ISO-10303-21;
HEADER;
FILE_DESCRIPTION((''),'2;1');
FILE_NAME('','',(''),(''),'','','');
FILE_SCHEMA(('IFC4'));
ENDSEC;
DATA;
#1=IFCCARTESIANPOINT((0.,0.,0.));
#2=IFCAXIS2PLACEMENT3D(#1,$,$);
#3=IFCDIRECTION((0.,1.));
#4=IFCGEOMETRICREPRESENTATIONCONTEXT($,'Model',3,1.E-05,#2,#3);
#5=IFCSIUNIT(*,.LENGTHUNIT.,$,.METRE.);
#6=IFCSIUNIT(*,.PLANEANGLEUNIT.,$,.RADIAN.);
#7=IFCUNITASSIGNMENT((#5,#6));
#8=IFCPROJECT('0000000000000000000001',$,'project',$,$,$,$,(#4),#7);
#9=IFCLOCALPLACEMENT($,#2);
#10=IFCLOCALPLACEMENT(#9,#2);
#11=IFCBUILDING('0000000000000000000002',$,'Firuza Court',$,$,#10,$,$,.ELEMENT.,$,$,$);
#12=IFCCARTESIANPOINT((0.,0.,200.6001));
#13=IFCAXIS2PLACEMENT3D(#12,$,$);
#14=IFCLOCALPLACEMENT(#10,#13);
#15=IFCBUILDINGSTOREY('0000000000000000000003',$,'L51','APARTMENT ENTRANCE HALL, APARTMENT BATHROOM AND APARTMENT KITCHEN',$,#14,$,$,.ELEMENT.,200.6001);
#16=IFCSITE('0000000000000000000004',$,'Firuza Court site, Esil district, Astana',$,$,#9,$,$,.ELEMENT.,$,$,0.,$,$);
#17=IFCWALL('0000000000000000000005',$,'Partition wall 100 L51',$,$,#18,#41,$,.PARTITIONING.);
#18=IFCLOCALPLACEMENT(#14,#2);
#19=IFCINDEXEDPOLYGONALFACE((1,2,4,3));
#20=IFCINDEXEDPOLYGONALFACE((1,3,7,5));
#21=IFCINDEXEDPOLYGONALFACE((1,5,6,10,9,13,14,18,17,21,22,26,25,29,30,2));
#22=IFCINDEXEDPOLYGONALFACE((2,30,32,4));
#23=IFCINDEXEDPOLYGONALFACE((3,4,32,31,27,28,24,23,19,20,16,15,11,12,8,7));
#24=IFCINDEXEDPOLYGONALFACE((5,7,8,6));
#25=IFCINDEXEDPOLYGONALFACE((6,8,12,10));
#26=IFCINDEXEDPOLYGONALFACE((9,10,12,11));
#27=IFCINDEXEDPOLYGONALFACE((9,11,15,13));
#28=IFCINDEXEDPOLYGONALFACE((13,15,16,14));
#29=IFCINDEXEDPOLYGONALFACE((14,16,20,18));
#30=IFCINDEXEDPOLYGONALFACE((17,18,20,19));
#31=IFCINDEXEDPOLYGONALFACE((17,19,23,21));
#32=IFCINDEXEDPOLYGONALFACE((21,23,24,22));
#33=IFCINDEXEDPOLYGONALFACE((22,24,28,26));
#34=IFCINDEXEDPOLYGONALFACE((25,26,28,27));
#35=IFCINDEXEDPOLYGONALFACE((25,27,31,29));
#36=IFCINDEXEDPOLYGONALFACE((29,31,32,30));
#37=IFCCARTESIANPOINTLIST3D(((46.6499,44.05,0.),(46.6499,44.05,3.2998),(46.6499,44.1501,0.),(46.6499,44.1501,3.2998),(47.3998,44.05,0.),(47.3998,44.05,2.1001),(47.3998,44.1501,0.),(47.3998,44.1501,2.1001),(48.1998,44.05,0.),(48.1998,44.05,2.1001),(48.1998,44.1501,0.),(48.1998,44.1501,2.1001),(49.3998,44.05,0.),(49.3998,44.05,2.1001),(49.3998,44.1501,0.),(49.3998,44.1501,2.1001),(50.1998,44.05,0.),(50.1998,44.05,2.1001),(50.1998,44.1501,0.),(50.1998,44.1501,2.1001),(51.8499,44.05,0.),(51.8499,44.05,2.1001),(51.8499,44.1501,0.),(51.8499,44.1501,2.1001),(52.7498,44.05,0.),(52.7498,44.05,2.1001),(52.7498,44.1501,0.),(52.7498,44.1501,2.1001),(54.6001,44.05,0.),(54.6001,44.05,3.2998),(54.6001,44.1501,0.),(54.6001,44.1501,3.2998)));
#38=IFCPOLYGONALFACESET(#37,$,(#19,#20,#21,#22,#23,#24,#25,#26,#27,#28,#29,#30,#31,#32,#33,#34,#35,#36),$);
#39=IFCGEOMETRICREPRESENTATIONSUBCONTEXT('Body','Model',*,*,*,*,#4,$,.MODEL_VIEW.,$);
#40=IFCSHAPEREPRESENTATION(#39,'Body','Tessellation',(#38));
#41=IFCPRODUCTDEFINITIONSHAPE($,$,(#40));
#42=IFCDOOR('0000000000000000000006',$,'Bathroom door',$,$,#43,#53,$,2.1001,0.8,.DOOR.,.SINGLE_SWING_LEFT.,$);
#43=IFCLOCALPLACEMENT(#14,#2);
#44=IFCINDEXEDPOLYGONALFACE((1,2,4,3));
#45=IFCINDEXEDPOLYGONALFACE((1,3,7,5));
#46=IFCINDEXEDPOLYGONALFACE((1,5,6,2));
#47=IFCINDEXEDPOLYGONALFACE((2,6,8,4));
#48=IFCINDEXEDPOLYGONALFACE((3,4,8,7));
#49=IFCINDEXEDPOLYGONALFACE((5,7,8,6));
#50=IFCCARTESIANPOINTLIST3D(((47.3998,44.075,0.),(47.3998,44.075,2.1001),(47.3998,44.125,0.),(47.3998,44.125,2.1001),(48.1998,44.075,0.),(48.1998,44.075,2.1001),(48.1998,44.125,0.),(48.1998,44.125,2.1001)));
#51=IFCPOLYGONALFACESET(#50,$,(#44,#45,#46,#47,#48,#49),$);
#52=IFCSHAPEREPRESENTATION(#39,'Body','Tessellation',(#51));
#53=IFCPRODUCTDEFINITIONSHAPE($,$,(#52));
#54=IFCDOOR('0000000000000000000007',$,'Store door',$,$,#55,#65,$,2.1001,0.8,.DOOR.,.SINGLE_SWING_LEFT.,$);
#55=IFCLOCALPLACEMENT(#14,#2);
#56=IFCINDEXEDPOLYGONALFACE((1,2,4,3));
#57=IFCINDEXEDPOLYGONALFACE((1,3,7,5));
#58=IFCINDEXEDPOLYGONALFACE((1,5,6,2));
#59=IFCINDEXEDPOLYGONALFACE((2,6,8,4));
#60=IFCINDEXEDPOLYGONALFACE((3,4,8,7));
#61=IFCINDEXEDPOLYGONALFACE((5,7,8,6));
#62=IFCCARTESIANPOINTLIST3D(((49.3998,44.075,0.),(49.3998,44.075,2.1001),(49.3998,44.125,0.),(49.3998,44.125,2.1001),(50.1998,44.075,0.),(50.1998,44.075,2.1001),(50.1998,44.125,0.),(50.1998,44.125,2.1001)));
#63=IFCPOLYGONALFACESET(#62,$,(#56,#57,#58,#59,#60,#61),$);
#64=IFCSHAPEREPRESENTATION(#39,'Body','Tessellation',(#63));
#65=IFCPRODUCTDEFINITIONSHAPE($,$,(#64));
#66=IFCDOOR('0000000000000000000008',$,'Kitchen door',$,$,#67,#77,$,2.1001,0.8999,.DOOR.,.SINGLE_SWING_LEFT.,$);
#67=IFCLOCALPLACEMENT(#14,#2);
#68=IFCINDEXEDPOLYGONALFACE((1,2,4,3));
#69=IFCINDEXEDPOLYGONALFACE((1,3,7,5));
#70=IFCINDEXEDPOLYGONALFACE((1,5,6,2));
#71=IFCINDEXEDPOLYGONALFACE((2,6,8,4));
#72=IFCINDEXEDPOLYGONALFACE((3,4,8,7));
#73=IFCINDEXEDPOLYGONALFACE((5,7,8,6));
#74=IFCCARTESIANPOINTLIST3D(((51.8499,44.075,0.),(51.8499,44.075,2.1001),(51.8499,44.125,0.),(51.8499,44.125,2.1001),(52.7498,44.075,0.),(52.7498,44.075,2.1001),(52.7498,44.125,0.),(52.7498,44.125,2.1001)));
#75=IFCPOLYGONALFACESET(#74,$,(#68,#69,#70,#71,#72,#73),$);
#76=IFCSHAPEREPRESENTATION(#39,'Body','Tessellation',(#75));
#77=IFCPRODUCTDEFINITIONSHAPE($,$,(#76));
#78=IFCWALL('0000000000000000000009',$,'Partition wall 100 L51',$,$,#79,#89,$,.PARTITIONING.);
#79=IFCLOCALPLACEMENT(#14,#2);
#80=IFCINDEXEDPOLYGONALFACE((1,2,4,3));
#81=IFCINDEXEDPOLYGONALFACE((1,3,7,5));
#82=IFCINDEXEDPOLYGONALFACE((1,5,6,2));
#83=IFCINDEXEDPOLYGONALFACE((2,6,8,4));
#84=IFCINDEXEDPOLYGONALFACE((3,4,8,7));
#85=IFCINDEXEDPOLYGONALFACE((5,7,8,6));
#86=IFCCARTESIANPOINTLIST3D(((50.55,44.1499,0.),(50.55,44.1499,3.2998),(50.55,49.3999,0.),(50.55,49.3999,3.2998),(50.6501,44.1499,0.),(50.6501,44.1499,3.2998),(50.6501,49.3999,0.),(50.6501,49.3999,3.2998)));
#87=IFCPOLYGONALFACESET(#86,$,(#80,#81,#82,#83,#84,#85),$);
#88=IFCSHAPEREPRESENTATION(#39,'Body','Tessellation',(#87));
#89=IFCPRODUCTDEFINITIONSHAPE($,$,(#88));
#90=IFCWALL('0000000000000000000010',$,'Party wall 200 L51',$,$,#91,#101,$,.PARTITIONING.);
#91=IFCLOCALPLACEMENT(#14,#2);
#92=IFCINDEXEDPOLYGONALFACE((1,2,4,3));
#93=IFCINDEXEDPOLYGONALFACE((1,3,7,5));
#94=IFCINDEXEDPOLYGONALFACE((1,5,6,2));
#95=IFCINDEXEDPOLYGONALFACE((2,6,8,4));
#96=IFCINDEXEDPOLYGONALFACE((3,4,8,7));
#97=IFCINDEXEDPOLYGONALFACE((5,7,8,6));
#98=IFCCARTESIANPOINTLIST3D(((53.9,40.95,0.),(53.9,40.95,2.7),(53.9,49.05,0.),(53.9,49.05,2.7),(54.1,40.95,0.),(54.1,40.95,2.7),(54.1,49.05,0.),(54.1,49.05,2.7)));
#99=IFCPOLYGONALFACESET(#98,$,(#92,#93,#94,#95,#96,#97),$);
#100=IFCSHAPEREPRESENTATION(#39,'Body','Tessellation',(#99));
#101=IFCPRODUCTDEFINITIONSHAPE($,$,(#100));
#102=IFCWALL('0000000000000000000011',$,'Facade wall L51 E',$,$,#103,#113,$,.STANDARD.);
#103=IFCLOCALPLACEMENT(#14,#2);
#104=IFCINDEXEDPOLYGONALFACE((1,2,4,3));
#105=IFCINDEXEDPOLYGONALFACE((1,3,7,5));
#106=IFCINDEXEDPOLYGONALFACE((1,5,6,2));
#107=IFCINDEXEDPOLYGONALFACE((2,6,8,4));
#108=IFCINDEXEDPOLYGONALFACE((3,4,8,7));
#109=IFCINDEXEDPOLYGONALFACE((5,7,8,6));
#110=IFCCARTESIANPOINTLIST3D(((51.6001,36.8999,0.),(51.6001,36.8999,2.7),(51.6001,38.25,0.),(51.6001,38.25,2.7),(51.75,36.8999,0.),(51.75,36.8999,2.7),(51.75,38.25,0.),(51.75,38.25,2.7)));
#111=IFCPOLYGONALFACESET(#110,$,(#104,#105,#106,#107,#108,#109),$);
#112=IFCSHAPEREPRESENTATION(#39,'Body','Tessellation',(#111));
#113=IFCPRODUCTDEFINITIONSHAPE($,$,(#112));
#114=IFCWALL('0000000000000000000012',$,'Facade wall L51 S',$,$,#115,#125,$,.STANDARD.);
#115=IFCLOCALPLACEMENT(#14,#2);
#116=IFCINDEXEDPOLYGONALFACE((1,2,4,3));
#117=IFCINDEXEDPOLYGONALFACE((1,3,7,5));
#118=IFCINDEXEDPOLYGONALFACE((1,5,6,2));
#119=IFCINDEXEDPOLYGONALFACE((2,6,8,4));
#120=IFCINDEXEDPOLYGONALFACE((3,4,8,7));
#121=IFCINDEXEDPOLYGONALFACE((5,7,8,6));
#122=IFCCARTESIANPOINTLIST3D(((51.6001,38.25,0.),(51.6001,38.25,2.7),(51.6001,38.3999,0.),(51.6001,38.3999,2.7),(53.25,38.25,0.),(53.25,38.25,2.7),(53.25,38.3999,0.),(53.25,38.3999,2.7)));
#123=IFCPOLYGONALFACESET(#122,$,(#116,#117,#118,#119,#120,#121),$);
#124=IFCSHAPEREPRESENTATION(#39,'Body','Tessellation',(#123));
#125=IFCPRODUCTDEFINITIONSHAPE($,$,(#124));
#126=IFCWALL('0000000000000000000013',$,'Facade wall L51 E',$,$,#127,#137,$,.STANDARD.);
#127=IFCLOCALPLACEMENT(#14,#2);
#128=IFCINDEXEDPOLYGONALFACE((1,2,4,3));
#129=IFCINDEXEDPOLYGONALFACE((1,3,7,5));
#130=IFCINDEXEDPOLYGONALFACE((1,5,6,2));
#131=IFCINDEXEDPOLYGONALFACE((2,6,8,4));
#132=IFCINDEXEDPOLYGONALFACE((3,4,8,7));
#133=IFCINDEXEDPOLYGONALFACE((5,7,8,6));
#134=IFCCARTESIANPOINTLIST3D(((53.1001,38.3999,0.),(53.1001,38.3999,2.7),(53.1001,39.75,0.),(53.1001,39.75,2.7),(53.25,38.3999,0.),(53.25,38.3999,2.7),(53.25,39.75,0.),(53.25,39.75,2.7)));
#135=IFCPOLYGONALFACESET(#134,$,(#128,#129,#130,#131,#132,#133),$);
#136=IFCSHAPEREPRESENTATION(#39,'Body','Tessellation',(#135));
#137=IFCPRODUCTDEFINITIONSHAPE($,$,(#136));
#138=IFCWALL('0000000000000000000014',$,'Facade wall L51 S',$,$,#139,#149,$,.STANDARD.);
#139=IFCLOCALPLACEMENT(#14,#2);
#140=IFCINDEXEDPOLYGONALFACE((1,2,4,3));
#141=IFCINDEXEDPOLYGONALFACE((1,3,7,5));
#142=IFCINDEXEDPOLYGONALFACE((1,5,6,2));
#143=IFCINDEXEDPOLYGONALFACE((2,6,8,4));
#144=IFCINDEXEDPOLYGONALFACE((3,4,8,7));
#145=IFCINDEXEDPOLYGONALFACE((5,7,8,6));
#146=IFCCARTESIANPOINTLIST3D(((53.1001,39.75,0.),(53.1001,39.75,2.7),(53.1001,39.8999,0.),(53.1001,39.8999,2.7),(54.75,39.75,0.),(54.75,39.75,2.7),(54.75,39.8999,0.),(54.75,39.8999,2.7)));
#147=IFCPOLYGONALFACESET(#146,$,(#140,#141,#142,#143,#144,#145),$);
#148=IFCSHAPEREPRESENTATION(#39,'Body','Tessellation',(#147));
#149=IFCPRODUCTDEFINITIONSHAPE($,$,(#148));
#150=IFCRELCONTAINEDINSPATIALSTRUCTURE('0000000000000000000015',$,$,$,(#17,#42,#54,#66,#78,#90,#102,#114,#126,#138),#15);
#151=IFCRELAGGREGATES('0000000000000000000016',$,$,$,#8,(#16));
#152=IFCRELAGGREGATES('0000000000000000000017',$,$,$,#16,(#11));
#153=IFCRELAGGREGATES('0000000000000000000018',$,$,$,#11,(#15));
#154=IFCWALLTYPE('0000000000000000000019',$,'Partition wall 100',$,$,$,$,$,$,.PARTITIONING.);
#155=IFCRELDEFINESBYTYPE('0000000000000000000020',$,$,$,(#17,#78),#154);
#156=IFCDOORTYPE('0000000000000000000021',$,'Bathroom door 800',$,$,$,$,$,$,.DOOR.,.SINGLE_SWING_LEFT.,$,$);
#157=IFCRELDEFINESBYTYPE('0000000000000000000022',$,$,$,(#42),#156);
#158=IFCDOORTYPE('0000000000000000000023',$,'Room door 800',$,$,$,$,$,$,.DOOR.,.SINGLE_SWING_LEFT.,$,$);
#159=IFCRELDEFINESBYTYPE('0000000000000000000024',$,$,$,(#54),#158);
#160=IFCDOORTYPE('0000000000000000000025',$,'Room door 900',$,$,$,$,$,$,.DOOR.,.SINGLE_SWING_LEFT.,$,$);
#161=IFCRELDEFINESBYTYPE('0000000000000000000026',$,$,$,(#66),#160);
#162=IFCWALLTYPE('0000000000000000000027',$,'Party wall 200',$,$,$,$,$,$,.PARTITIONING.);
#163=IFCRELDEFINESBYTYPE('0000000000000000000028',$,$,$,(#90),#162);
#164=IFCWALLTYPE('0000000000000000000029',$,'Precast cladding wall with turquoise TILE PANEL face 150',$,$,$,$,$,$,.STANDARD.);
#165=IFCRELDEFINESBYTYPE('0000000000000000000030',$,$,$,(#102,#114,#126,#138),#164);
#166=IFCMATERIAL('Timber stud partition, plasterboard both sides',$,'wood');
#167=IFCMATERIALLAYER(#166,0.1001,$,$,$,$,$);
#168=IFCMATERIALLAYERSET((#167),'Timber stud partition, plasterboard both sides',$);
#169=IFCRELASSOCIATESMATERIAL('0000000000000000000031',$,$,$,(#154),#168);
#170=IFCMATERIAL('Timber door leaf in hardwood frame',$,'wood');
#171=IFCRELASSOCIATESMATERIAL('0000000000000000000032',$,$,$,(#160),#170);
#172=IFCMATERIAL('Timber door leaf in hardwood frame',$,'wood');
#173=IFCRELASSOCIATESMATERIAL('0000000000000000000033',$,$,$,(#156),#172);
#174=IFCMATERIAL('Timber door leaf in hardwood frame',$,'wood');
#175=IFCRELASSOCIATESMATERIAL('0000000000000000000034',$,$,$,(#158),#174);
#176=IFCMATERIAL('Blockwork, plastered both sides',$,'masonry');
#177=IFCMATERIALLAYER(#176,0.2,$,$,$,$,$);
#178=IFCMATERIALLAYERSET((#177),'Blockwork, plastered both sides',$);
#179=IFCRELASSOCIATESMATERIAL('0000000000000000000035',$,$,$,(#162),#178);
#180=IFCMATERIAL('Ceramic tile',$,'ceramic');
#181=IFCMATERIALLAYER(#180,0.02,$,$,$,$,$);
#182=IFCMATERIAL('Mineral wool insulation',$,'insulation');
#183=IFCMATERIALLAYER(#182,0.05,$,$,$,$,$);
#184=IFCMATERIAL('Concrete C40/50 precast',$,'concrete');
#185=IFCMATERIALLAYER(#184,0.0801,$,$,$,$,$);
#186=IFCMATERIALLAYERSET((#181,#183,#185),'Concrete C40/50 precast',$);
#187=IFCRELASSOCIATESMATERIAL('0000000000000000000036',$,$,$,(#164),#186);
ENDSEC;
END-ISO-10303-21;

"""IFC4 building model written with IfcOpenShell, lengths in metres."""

from ifc_helpers import new_model, si_unit, direction, frame, frame_2d, origin, place, context, subcontext, project, spatial, rectangle, extrude, material, layer, layer_set, type_object, element, fill, save


model = new_model("IFC4")

# Units and contexts
model_context = context("Model", 3, precision=1e-05, world=origin(), true_north=direction((0.0, 1.0)))
body_context = subcontext(model_context, "Body", "Model", "MODEL_VIEW")
ifc_project = project(units=[si_unit("LENGTHUNIT", "METRE"), si_unit("PLANEANGLEUNIT", "RADIAN")], contexts=[model_context])

# Site, building, storey
site_placement = place(None, origin())
site = spatial("IfcSite", under=ifc_project, at=site_placement, Name="Firuza Court site, Esil district, Astana", CompositionType="ELEMENT", RefElevation=0.0)
building_placement = place(site_placement, origin())
building = spatial("IfcBuilding", under=site, at=building_placement, Name="Firuza Court", CompositionType="ELEMENT")
storey_placement = place(building_placement, frame((0.0, 0.0, 200.6001)))
storey = spatial("IfcBuildingStorey", under=building, at=storey_placement, Name="L51", Description="APARTMENT ENTRANCE HALL, APARTMENT BATHROOM AND APARTMENT KITCHEN", CompositionType="ELEMENT", Elevation=200.6001)

# Shared definitions
ifc_material_1 = material(Name="Timber stud partition, plasterboard both sides", Category="wood")
ifc_layer_1 = layer(ifc_material_1, 0.1001)
ifc_layer_set_1 = layer_set([ifc_layer_1], Name="Timber stud partition, plasterboard both sides")
wall_type_1 = type_object("IfcWallType", Name="Partition wall 100", PredefinedType="PARTITIONING", material=ifc_layer_set_1)
ifc_material_2 = material(Name="Timber door leaf in hardwood frame", Category="wood")
door_type_1 = type_object("IfcDoorType", Name="Room door 900", OperationType="SINGLE_SWING_LEFT", PredefinedType="DOOR", material=ifc_material_2)

# Wall, openings, doors
wall_1_placement = place(storey_placement, frame((46.6499, 44.1001, 0.0), z_axis=(0.0, 0.0, 1.0), x_axis=(1.0, 0.0, 0.0)))
wall_1 = element("IfcWall", 1, at=wall_1_placement, inside=storey, type_object=wall_type_1, Name="Partition wall 100 L51", PredefinedType="PARTITIONING", context=body_context, shape_type="SweptSolid", body=[
    extrude(rectangle(XDim=7.9502, YDim=0.1001, at=frame_2d((3.9751, 0.0))), origin(), (0.0, 0.0, 1.0), 3.2998),
])
opening_1_placement = place(wall_1_placement, frame((0.75, 0.0, 0.0)))
opening_1 = element("IfcOpeningElement", 2, at=opening_1_placement, cuts=wall_1, PredefinedType="OPENING", context=body_context, shape_type="SweptSolid", body=[
    extrude(rectangle(XDim=0.8, YDim=2.1001, at=frame_2d((0.3999, 1.05))), frame((0.0, 0.062, 0.0), z_axis=(0.0, -1.0, 0.0), x_axis=(1.0, 0.0, 0.0)), (0.0, 0.0, 1.0), 0.124),
])
opening_2_placement = place(wall_1_placement, frame((5.2, 0.0, 0.0)))
opening_2 = element("IfcOpeningElement", 3, at=opening_2_placement, cuts=wall_1, PredefinedType="OPENING", context=body_context, shape_type="SweptSolid", body=[
    extrude(rectangle(XDim=0.8999, YDim=2.1001, at=frame_2d((0.45, 1.05))), frame((0.0, 0.062, 0.0), z_axis=(0.0, -1.0, 0.0), x_axis=(1.0, 0.0, 0.0)), (0.0, 0.0, 1.0), 0.124),
])
opening_3_placement = place(wall_1_placement, frame((2.75, 0.0, 0.0)))
opening_3 = element("IfcOpeningElement", 4, at=opening_3_placement, cuts=wall_1, PredefinedType="OPENING", context=body_context, shape_type="SweptSolid", body=[
    extrude(rectangle(XDim=0.8, YDim=2.1001, at=frame_2d((0.3999, 1.05))), frame((0.0, 0.062, 0.0), z_axis=(0.0, -1.0, 0.0), x_axis=(1.0, 0.0, 0.0)), (0.0, 0.0, 1.0), 0.124),
])
ifc_material_3 = material(Name="Timber door leaf in hardwood frame", Category="wood")
door_type_2 = type_object("IfcDoorType", Name="Bathroom door 800", OperationType="SINGLE_SWING_LEFT", PredefinedType="DOOR", material=ifc_material_3)
door_1_placement = place(opening_1_placement, origin())
door_1 = element("IfcDoor", 5, at=door_1_placement, inside=storey, type_object=door_type_2, Name="Bathroom door", OperationType="SINGLE_SWING_LEFT", OverallHeight=2.1001, OverallWidth=0.8, PredefinedType="DOOR", context=body_context, shape_type="SweptSolid", body=[
    extrude(rectangle(XDim=0.8, YDim=2.1001, at=frame_2d((0.3999, 1.05))), frame((0.0, 0.0249, 0.0), z_axis=(0.0, -1.0, 0.0), x_axis=(1.0, 0.0, 0.0)), (0.0, 0.0, 1.0), 0.05),
])
fill(opening_1, door_1)
ifc_material_4 = material(Name="Timber door leaf in hardwood frame", Category="wood")
door_type_3 = type_object("IfcDoorType", Name="Room door 800", OperationType="SINGLE_SWING_LEFT", PredefinedType="DOOR", material=ifc_material_4)
door_2_placement = place(opening_3_placement, origin())
door_2 = element("IfcDoor", 6, at=door_2_placement, inside=storey, type_object=door_type_3, Name="Store door", OperationType="SINGLE_SWING_LEFT", OverallHeight=2.1001, OverallWidth=0.8, PredefinedType="DOOR", context=body_context, shape_type="SweptSolid", body=[
    extrude(rectangle(XDim=0.8, YDim=2.1001, at=frame_2d((0.3999, 1.05))), frame((0.0, 0.0249, 0.0), z_axis=(0.0, -1.0, 0.0), x_axis=(1.0, 0.0, 0.0)), (0.0, 0.0, 1.0), 0.05),
])
fill(opening_3, door_2)
door_3_placement = place(opening_2_placement, origin())
door_3 = element("IfcDoor", 7, at=door_3_placement, inside=storey, type_object=door_type_1, Name="Kitchen door", OperationType="SINGLE_SWING_LEFT", OverallHeight=2.1001, OverallWidth=0.8999, PredefinedType="DOOR", context=body_context, shape_type="SweptSolid", body=[
    extrude(rectangle(XDim=0.8999, YDim=2.1001, at=frame_2d((0.45, 1.05))), frame((0.0, 0.0249, 0.0), z_axis=(0.0, -1.0, 0.0), x_axis=(1.0, 0.0, 0.0)), (0.0, 0.0, 1.0), 0.05),
])
fill(opening_2, door_3)

# Walls
wall_2_placement = place(storey_placement, frame((50.6001, 44.1499, 0.0), z_axis=(0.0, 0.0, 1.0), x_axis=(0.0, 1.0, 0.0)))
element("IfcWall", 8, at=wall_2_placement, inside=storey, type_object=wall_type_1, Name="Partition wall 100 L51", PredefinedType="PARTITIONING", context=body_context, shape_type="SweptSolid", body=[
    extrude(rectangle(XDim=5.25, YDim=0.1001, at=frame_2d((2.625, 0.0))), origin(), (0.0, 0.0, 1.0), 3.2998),
])
ifc_material_5 = material(Name="Blockwork, plastered both sides", Category="masonry")
ifc_layer_2 = layer(ifc_material_5, 0.2)
ifc_layer_set_2 = layer_set([ifc_layer_2], Name="Blockwork, plastered both sides")
wall_type_2 = type_object("IfcWallType", Name="Party wall 200", PredefinedType="PARTITIONING", material=ifc_layer_set_2)
wall_3_placement = place(storey_placement, frame((54.0, 40.95, 0.0), z_axis=(0.0, 0.0, 1.0), x_axis=(0.0, 1.0, 0.0)))
element("IfcWall", 9, at=wall_3_placement, inside=storey, type_object=wall_type_2, Name="Party wall 200 L51", PredefinedType="PARTITIONING", context=body_context, shape_type="SweptSolid", body=[
    extrude(rectangle(XDim=8.1001, YDim=0.2, at=frame_2d((4.05, 0.0))), origin(), (0.0, 0.0, 1.0), 2.7),
])
ifc_material_6 = material(Name="Ceramic tile", Category="ceramic")
ifc_layer_3 = layer(ifc_material_6, 0.02)
ifc_material_7 = material(Name="Mineral wool insulation", Category="insulation")
ifc_layer_4 = layer(ifc_material_7, 0.05)
ifc_material_8 = material(Name="Concrete C40/50 precast", Category="concrete")
ifc_layer_5 = layer(ifc_material_8, 0.0801)
ifc_layer_set_3 = layer_set([ifc_layer_3, ifc_layer_4, ifc_layer_5], Name="Concrete C40/50 precast")
wall_type_3 = type_object("IfcWallType", Name="Precast cladding wall with turquoise TILE PANEL face 150", PredefinedType="STANDARD", material=ifc_layer_set_3)
wall_4_placement = place(storey_placement, frame((51.675, 36.8999, 0.0), z_axis=(0.0, 0.0, 1.0), x_axis=(0.0, 1.0, 0.0)))
element("IfcWall", 10, at=wall_4_placement, inside=storey, type_object=wall_type_3, Name="Facade wall L51 E", PredefinedType="STANDARD", context=body_context, shape_type="SweptSolid", body=[
    extrude(rectangle(XDim=1.3501, YDim=0.1499, at=frame_2d((0.675, 0.0))), origin(), (0.0, 0.0, 1.0), 2.7),
])
wall_5_placement = place(storey_placement, frame((51.6001, 38.325, 0.0), z_axis=(0.0, 0.0, 1.0), x_axis=(1.0, 0.0, 0.0)))
element("IfcWall", 11, at=wall_5_placement, inside=storey, type_object=wall_type_3, Name="Facade wall L51 S", PredefinedType="STANDARD", context=body_context, shape_type="SweptSolid", body=[
    extrude(rectangle(XDim=1.6499, YDim=0.1499, at=frame_2d((0.825, 0.0))), origin(), (0.0, 0.0, 1.0), 2.7),
])
wall_6_placement = place(storey_placement, frame((53.175, 38.3999, 0.0), z_axis=(0.0, 0.0, 1.0), x_axis=(0.0, 1.0, 0.0)))
element("IfcWall", 12, at=wall_6_placement, inside=storey, type_object=wall_type_3, Name="Facade wall L51 E", PredefinedType="STANDARD", context=body_context, shape_type="SweptSolid", body=[
    extrude(rectangle(XDim=1.3501, YDim=0.1499, at=frame_2d((0.675, 0.0))), origin(), (0.0, 0.0, 1.0), 2.7),
])
wall_7_placement = place(storey_placement, frame((53.1001, 39.825, 0.0), z_axis=(0.0, 0.0, 1.0), x_axis=(1.0, 0.0, 0.0)))
element("IfcWall", 13, at=wall_7_placement, inside=storey, type_object=wall_type_3, Name="Facade wall L51 S", PredefinedType="STANDARD", context=body_context, shape_type="SweptSolid", body=[
    extrude(rectangle(XDim=1.6499, YDim=0.1499, at=frame_2d((0.825, 0.0))), origin(), (0.0, 0.0, 1.0), 2.7),
])

save(model, "model.ifc")
